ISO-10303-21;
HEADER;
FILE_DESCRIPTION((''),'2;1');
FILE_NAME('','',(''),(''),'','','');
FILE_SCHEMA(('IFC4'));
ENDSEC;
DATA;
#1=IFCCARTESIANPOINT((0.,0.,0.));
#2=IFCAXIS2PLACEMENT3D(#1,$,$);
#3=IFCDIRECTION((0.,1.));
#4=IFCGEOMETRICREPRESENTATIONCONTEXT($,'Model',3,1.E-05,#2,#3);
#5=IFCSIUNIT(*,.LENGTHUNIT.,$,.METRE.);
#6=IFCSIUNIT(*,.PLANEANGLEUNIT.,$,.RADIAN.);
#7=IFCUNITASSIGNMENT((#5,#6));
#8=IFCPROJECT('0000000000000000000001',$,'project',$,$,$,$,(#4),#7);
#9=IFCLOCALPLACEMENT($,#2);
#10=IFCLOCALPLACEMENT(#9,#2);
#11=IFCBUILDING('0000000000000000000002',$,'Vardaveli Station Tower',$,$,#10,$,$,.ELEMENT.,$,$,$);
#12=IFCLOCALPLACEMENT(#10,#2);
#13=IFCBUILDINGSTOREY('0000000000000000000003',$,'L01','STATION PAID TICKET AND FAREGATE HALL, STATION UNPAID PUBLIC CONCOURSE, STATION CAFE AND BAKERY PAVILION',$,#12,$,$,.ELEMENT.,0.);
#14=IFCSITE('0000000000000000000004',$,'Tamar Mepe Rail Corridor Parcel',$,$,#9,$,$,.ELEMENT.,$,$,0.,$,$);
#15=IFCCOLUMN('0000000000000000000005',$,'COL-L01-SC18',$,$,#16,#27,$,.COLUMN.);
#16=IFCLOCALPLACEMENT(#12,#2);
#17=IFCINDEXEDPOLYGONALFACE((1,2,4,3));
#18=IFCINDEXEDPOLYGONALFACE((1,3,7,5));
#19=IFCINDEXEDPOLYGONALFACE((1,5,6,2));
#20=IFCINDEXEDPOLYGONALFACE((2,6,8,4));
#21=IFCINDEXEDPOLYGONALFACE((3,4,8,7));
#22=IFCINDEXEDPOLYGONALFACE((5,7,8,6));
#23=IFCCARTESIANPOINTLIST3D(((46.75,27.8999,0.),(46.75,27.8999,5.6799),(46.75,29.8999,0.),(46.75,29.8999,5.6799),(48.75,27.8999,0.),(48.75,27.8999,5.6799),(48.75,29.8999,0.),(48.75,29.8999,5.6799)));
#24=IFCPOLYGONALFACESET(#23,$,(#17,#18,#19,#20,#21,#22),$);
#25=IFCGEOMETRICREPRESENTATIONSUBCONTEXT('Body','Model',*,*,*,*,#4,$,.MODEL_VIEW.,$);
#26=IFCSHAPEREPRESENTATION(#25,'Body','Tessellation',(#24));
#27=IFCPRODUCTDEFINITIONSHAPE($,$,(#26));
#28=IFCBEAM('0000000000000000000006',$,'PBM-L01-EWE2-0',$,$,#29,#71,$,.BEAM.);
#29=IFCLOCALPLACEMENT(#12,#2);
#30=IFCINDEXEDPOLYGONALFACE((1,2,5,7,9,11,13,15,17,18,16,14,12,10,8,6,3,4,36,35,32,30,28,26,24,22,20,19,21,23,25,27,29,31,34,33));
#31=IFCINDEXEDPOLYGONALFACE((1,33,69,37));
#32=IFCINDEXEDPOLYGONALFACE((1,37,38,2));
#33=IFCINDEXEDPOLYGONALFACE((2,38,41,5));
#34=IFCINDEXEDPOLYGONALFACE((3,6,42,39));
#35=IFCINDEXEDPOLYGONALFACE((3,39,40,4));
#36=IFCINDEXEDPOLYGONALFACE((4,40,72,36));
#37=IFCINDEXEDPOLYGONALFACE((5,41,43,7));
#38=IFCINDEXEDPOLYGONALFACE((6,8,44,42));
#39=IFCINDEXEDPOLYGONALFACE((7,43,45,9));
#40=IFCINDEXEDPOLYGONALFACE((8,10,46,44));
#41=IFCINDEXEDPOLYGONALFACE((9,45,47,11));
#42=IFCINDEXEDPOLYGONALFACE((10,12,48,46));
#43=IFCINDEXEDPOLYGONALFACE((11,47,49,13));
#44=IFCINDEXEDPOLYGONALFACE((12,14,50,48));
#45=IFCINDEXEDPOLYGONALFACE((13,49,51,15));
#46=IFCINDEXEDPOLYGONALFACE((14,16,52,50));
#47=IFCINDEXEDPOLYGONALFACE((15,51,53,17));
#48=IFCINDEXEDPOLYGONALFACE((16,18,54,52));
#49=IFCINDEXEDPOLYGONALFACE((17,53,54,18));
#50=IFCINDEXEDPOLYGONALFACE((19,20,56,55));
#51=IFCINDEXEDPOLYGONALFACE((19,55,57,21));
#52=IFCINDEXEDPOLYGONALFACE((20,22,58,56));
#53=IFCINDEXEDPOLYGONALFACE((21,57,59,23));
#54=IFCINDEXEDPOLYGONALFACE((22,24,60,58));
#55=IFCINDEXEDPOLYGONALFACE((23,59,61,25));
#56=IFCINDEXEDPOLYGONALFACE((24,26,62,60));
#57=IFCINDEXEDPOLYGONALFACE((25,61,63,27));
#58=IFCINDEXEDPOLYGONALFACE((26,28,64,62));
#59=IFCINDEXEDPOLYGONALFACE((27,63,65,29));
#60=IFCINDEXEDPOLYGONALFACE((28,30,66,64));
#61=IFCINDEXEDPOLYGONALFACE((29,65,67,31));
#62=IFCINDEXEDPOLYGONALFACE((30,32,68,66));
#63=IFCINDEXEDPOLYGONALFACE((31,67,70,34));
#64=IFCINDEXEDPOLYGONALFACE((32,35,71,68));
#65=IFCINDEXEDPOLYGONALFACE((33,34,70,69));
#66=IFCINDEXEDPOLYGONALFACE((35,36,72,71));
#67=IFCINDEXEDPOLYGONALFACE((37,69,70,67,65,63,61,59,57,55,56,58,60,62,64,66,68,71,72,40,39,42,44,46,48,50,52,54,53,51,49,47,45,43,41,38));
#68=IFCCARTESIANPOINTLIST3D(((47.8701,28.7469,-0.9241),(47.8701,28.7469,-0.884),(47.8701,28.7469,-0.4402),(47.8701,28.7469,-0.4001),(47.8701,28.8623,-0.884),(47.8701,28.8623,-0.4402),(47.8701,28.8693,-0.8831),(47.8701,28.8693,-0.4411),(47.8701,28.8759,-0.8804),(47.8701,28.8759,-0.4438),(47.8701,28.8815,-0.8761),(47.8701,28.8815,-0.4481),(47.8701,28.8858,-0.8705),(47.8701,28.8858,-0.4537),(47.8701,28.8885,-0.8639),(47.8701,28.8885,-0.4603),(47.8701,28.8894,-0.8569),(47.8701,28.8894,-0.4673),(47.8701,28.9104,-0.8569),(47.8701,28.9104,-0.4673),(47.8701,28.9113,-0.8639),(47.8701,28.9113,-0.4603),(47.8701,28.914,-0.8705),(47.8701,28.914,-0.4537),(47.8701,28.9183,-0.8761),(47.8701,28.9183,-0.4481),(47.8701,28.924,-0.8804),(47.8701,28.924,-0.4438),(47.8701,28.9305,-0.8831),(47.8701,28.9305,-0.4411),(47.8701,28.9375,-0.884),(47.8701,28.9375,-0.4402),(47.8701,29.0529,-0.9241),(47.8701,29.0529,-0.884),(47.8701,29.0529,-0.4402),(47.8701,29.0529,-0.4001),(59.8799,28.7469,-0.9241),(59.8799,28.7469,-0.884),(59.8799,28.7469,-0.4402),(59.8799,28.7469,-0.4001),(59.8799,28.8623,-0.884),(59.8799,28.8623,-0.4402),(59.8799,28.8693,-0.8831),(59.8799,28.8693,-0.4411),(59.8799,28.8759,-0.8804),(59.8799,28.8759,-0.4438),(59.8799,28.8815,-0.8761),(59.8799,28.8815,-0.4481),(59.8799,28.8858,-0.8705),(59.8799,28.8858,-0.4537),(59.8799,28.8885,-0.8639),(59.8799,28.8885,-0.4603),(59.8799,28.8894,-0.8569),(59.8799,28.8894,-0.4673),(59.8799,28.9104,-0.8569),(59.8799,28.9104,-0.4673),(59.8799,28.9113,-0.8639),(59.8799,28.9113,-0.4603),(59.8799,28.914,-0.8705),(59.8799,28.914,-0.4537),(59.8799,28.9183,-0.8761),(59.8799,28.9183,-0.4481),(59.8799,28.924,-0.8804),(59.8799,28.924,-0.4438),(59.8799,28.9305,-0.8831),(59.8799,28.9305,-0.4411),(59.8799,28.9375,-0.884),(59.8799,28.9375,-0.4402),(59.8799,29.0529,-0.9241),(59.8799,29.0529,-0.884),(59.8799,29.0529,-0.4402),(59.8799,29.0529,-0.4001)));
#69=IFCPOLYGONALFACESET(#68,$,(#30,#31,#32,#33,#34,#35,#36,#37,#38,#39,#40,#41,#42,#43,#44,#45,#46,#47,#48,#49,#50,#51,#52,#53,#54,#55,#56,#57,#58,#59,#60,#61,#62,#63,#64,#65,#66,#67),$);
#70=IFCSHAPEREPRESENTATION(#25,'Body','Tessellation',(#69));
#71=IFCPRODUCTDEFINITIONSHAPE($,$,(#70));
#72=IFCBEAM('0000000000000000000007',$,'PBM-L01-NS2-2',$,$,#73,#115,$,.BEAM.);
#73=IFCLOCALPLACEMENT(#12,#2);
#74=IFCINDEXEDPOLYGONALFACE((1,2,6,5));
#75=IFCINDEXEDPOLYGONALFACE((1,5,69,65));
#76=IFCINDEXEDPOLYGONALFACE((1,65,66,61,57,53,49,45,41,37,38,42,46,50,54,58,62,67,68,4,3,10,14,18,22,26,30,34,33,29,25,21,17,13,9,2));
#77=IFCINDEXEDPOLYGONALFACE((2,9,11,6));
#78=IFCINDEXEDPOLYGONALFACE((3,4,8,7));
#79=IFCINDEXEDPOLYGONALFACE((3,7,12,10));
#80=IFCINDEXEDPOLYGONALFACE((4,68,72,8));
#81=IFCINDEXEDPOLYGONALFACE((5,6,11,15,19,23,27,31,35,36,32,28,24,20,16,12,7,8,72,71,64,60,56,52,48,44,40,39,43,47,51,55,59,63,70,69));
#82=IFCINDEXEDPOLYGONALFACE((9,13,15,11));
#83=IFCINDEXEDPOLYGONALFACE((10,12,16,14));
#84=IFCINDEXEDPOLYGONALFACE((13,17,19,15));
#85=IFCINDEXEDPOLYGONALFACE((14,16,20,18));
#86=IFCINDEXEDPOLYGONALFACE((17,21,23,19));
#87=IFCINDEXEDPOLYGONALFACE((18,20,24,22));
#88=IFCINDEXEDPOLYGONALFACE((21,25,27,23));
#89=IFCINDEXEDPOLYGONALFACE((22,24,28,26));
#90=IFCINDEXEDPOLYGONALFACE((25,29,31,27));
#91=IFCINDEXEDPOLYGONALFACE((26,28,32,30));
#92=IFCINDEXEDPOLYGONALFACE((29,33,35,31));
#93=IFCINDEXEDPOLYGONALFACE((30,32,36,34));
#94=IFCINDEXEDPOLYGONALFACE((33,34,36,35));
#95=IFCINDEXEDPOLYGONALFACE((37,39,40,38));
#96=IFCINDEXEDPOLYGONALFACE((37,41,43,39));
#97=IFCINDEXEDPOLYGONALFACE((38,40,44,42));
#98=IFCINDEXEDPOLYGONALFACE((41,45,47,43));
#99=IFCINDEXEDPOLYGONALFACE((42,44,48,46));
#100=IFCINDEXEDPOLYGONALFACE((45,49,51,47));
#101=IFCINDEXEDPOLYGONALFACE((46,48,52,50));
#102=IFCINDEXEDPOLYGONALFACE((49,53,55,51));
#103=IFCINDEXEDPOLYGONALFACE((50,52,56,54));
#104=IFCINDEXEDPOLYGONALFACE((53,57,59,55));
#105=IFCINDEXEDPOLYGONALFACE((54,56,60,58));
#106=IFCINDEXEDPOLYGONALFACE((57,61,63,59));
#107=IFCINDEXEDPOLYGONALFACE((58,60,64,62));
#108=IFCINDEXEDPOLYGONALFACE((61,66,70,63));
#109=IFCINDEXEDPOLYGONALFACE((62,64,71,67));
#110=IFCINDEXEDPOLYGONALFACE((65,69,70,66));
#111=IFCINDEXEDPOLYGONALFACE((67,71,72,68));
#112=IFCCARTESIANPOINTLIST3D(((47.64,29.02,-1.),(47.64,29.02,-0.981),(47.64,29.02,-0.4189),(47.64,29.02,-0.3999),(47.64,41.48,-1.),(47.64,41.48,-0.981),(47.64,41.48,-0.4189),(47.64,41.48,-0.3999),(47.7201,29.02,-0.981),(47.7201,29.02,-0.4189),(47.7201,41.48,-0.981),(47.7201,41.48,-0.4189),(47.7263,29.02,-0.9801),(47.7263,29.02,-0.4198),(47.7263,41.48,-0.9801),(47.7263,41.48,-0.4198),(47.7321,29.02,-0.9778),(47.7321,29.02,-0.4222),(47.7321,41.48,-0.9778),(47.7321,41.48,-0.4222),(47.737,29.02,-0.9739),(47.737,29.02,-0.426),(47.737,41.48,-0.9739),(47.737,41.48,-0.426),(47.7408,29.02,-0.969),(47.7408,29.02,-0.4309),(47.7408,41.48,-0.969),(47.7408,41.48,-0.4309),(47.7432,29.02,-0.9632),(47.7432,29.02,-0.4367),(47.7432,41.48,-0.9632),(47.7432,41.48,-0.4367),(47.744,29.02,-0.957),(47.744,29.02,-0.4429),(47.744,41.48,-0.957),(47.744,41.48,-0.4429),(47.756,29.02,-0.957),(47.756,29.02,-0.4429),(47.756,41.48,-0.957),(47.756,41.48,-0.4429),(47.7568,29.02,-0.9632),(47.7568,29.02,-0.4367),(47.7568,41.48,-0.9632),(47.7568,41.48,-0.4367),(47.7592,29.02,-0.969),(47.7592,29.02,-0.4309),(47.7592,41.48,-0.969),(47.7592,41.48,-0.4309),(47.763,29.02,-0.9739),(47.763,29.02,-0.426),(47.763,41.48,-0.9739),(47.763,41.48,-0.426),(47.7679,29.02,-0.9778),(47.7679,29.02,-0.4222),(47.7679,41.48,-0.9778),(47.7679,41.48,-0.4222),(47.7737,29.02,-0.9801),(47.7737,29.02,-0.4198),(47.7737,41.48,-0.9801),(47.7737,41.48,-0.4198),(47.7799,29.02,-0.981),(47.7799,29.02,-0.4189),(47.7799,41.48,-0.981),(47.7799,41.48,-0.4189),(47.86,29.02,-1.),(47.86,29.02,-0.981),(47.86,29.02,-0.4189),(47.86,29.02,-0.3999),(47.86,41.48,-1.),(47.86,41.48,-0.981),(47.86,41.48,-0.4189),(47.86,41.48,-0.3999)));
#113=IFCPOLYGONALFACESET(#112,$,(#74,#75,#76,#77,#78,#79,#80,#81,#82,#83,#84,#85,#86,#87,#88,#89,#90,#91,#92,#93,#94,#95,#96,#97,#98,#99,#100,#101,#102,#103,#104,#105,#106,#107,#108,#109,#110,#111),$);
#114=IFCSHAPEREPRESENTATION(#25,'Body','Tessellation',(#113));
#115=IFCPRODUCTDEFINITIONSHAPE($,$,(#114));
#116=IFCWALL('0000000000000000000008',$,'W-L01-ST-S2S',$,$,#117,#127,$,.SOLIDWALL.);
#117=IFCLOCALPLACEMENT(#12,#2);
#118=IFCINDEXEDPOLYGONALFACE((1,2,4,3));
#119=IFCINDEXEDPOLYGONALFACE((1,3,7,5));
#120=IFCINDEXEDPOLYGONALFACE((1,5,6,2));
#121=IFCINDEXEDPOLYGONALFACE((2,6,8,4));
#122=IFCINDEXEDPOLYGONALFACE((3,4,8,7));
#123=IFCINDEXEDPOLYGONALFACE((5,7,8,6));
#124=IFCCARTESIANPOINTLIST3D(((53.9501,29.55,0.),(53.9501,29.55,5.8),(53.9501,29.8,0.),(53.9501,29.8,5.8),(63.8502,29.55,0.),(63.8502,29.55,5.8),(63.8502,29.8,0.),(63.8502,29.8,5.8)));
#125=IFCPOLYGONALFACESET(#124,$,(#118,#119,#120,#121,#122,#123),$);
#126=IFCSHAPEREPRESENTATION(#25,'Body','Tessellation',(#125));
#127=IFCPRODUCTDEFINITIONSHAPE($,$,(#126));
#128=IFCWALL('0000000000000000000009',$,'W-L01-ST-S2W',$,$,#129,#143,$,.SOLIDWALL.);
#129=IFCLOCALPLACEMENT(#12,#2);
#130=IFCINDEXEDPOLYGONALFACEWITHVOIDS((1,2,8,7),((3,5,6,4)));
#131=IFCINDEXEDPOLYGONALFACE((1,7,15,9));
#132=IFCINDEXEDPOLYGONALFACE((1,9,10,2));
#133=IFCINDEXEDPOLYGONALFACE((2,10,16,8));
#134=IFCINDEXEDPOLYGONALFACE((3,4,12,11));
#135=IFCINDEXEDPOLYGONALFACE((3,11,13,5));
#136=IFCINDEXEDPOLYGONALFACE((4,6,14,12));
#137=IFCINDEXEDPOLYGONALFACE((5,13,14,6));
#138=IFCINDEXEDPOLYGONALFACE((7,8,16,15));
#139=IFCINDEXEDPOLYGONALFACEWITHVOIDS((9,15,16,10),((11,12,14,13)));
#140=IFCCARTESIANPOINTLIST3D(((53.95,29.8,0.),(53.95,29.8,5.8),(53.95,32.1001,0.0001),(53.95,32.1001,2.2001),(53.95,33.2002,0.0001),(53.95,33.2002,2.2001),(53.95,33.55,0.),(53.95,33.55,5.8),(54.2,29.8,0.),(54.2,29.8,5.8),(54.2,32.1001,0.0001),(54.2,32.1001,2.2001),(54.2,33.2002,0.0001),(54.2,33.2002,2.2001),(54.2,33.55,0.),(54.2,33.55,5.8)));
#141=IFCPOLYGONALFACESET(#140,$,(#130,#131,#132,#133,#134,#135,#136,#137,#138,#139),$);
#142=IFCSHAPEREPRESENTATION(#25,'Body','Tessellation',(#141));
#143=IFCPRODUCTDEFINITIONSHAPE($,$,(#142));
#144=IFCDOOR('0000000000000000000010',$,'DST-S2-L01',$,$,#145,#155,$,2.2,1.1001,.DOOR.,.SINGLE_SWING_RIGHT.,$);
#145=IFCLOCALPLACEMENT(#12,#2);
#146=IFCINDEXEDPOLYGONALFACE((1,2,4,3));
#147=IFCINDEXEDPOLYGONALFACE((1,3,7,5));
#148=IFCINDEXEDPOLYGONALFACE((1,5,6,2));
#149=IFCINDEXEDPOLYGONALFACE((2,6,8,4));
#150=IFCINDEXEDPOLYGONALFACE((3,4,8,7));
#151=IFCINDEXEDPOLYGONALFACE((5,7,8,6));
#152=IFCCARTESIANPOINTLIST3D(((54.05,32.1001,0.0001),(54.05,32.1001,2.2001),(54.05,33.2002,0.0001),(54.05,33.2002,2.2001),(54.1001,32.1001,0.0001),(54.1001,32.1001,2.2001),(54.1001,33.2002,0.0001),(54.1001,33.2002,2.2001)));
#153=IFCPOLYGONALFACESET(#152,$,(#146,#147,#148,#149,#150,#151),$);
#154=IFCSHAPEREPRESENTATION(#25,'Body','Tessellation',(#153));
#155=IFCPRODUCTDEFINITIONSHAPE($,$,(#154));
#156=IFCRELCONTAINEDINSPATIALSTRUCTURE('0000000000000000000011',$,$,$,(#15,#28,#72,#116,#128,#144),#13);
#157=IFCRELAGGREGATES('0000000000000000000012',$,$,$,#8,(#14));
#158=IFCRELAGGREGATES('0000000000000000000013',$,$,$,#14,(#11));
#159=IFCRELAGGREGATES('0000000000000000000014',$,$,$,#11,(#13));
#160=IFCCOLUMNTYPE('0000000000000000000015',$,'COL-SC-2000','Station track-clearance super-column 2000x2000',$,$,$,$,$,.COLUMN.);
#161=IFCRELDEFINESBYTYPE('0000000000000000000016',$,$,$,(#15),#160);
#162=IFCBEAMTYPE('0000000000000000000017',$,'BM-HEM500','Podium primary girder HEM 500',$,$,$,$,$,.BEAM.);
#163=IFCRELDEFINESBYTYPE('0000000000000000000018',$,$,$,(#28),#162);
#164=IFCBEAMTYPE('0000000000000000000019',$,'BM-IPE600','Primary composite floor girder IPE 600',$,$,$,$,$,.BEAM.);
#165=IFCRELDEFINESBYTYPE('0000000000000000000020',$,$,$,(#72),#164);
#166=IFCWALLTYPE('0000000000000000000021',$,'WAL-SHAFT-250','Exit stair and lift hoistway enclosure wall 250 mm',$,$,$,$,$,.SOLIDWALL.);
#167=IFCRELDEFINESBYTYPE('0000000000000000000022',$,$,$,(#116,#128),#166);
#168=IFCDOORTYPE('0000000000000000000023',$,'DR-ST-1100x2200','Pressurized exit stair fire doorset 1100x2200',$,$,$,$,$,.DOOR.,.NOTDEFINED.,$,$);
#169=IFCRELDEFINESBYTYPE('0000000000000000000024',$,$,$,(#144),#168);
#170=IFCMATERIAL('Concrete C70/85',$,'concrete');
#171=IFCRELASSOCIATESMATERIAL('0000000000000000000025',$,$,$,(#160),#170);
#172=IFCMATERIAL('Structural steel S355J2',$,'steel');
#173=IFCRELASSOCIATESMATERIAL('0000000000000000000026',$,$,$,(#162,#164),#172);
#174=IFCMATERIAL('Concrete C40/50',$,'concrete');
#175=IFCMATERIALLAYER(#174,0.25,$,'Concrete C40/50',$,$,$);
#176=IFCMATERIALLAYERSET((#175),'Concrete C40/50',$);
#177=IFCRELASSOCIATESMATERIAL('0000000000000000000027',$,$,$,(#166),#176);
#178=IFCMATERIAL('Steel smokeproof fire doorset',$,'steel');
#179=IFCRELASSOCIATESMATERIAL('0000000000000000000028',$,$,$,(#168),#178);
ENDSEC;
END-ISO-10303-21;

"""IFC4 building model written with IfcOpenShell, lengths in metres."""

from ifc_helpers import new_model, si_unit, direction, frame, frame_2d, origin, origin_2d, place, context, subcontext, project, spatial, rectangle, i_section, extrude, source, transform, mapped, material, layer, layer_set, material_profile, profile_set, type_object, element, fill, save


model = new_model("IFC4")

# Units and contexts
model_context = context("Model", 3, precision=1e-05, world=origin(), true_north=direction((0.0, 1.0)))
body_context = subcontext(model_context, "Body", "Model", "MODEL_VIEW")
ifc_project = project(units=[si_unit("LENGTHUNIT", "METRE"), si_unit("PLANEANGLEUNIT", "RADIAN")], contexts=[model_context])

# Site, building, storey
site_placement = place(None, origin())
site = spatial("IfcSite", under=ifc_project, at=site_placement, Name="Tamar Mepe Rail Corridor Parcel", CompositionType="ELEMENT", RefElevation=0.0)
building_placement = place(site_placement, origin())
building = spatial("IfcBuilding", under=site, at=building_placement, Name="Vardaveli Station Tower", CompositionType="ELEMENT")
storey_placement = place(building_placement, origin())
storey = spatial("IfcBuildingStorey", under=building, at=storey_placement, Name="L01", Description="STATION PAID TICKET AND FAREGATE HALL, STATION UNPAID PUBLIC CONCOURSE, STATION CAFE AND BAKERY PAVILION", CompositionType="ELEMENT", Elevation=0.0)

# Column
ifc_material_1 = material(Name="Concrete C70/85", Category="concrete")
ifc_material_profile_1 = material_profile(ifc_material_1, rectangle(XDim=2.0, YDim=2.0, at=origin_2d()), Name="SC 2000x2000")
ifc_profile_set_1 = profile_set([ifc_material_profile_1], Name="Concrete C70/85")
column_type = type_object("IfcColumnType", Name="COL-SC-2000", Description="Station track-clearance super-column 2000x2000", PredefinedType="COLUMN", material=ifc_profile_set_1)
shared_shape_1 = source(origin(), body_context, "Body", "SweptSolid", [
    extrude(rectangle(XDim=2.0, YDim=2.0, at=origin_2d()), origin(), (0.0, 0.0, 1.0), 5.6799),
])
column_placement = place(storey_placement, frame((47.75, 28.8999, 0.0), z_axis=(0.0, 0.0, 1.0), x_axis=(1.0, 0.0, 0.0)))
element("IfcColumn", 1, at=column_placement, inside=storey, type_object=column_type, Name="COL-L01-SC18", PredefinedType="COLUMN", context=body_context, shape_type="MappedRepresentation", body=[
    mapped(shared_shape_1, transform((0.0, 0.0, 0.0), scale=1.0)),
])

# Beams
ifc_material_2 = material(Name="Structural steel S355J2", Category="steel")
ifc_material_profile_2 = material_profile(ifc_material_2, i_section(OverallWidth=0.3059, OverallDepth=0.5239, WebThickness=0.021, FlangeThickness=0.04, FilletRadius=0.0271, at=origin_2d()), Name="HEM 500")
ifc_profile_set_2 = profile_set([ifc_material_profile_2], Name="Structural steel S355J2")
beam_type_1 = type_object("IfcBeamType", Name="BM-HEM500", Description="Podium primary girder HEM 500", PredefinedType="BEAM", material=ifc_profile_set_2)
shared_shape_2 = source(origin(), body_context, "Body", "SweptSolid", [
    extrude(i_section(OverallWidth=0.3059, OverallDepth=0.5239, WebThickness=0.021, FlangeThickness=0.04, FilletRadius=0.0271, at=origin_2d()), origin(), (0.0, 0.0, 1.0), 12.0098),
])
beam_1_placement = place(storey_placement, frame((47.8701, 28.8999, -0.6621), z_axis=(1.0, 0.0, 0.0), x_axis=(0.0, 1.0, 0.0)))
element("IfcBeam", 2, at=beam_1_placement, inside=storey, type_object=beam_type_1, Name="PBM-L01-EWE2-0", PredefinedType="BEAM", context=body_context, shape_type="MappedRepresentation", body=[
    mapped(shared_shape_2, transform((0.0, 0.0, 0.0), scale=1.0)),
])
ifc_material_profile_3 = material_profile(ifc_material_2, i_section(OverallWidth=0.22, OverallDepth=0.6001, WebThickness=0.012, FlangeThickness=0.019, FilletRadius=0.0239, at=origin_2d()), Name="IPE 600")
ifc_profile_set_3 = profile_set([ifc_material_profile_3], Name="Structural steel S355J2")
beam_type_2 = type_object("IfcBeamType", Name="BM-IPE600", Description="Primary composite floor girder IPE 600", PredefinedType="BEAM", material=ifc_profile_set_3)
shared_shape_3 = source(origin(), body_context, "Body", "SweptSolid", [
    extrude(i_section(OverallWidth=0.22, OverallDepth=0.6001, WebThickness=0.012, FlangeThickness=0.019, FilletRadius=0.0239, at=origin_2d()), origin(), (0.0, 0.0, 1.0), 12.46),
])
beam_2_placement = place(storey_placement, frame((47.75, 29.02, -0.7), z_axis=(0.0, 1.0, 0.0), x_axis=(-1.0, 0.0, 0.0)))
element("IfcBeam", 3, at=beam_2_placement, inside=storey, type_object=beam_type_2, Name="PBM-L01-NS2-2", PredefinedType="BEAM", context=body_context, shape_type="MappedRepresentation", body=[
    mapped(shared_shape_3, transform((0.0, 0.0, 0.0), scale=1.0)),
])

# Wall
ifc_material_3 = material(Name="Concrete C40/50", Category="concrete")
ifc_layer_1 = layer(ifc_material_3, 0.25, Name="Concrete C40/50")
ifc_layer_set_1 = layer_set([ifc_layer_1], Name="Concrete C40/50")
wall_type_1 = type_object("IfcWallType", Name="WAL-SHAFT-250", Description="Exit stair and lift hoistway enclosure wall 250 mm", PredefinedType="SOLIDWALL", material=ifc_layer_set_1)
shared_shape_4 = source(origin(), body_context, "Body", "SweptSolid", [
    extrude(rectangle(XDim=9.9001, YDim=0.25, at=frame_2d((4.9502, 0.0))), origin(), (0.0, 0.0, 1.0), 5.8),
])
wall_1_placement = place(storey_placement, frame((53.95, 29.675, 0.0), z_axis=(0.0, 0.0, 1.0), x_axis=(1.0, 0.0, 0.0)))
element("IfcWall", 4, at=wall_1_placement, inside=storey, type_object=wall_type_1, Name="W-L01-ST-S2S", PredefinedType="SOLIDWALL", context=body_context, shape_type="MappedRepresentation", body=[
    mapped(shared_shape_4, transform((0.0, 0.0, 0.0), scale=1.0)),
])

# Wall, opening, door
shared_shape_5 = source(origin(), body_context, "Body", "SweptSolid", [
    extrude(rectangle(XDim=3.75, YDim=0.25, at=frame_2d((1.875, 0.0))), origin(), (0.0, 0.0, 1.0), 5.8),
])
wall_2_placement = place(storey_placement, frame((54.075, 29.8, 0.0), z_axis=(0.0, 0.0, 1.0), x_axis=(0.0, 1.0, 0.0)))
wall_2 = element("IfcWall", 5, at=wall_2_placement, inside=storey, type_object=wall_type_1, Name="W-L01-ST-S2W", PredefinedType="SOLIDWALL", context=body_context, shape_type="MappedRepresentation", body=[
    mapped(shared_shape_5, transform((0.0, 0.0, 0.0), scale=1.0)),
])
shared_shape_6 = source(origin(), body_context, "Body", "SweptSolid", [
    extrude(rectangle(XDim=1.1001, YDim=2.2, at=frame_2d((0.55, 1.1001))), frame((0.0, 0.135, 0.0), z_axis=(0.0, -1.0, 0.0), x_axis=(1.0, 0.0, 0.0)), (0.0, 0.0, 1.0), 0.27),
])
opening_1_placement = place(wall_2_placement, frame((2.3, 0.0, 0.0)))
opening_1 = element("IfcOpeningElement", 6, at=opening_1_placement, cuts=wall_2, PredefinedType="OPENING", context=body_context, shape_type="MappedRepresentation", body=[
    mapped(shared_shape_6, transform((0.0, 0.0, 0.0), scale=1.0)),
])
ifc_material_4 = material(Name="Steel smokeproof fire doorset", Category="steel")
door_type_1 = type_object("IfcDoorType", Name="DR-ST-1100x2200", Description="Pressurized exit stair fire doorset 1100x2200", OperationType="NOTDEFINED", PredefinedType="DOOR", material=ifc_material_4)
shared_shape_7 = source(origin(), body_context, "Body", "SweptSolid", [
    extrude(rectangle(XDim=1.1001, YDim=2.2, at=frame_2d((0.55, 1.1001))), frame((0.0, 0.0249, 0.0), z_axis=(0.0, -1.0, 0.0), x_axis=(1.0, 0.0, 0.0)), (0.0, 0.0, 1.0), 0.05),
])
door_1_placement = place(opening_1_placement, origin())
door_1 = element("IfcDoor", 7, at=door_1_placement, inside=storey, type_object=door_type_1, Name="DST-S2-L01", OperationType="SINGLE_SWING_RIGHT", OverallHeight=2.2, OverallWidth=1.1001, PredefinedType="DOOR", context=body_context, shape_type="MappedRepresentation", body=[
    mapped(shared_shape_7, transform((0.0, 0.0, 0.0), scale=1.0)),
])
fill(opening_1, door_1)

save(model, "model.ifc")
